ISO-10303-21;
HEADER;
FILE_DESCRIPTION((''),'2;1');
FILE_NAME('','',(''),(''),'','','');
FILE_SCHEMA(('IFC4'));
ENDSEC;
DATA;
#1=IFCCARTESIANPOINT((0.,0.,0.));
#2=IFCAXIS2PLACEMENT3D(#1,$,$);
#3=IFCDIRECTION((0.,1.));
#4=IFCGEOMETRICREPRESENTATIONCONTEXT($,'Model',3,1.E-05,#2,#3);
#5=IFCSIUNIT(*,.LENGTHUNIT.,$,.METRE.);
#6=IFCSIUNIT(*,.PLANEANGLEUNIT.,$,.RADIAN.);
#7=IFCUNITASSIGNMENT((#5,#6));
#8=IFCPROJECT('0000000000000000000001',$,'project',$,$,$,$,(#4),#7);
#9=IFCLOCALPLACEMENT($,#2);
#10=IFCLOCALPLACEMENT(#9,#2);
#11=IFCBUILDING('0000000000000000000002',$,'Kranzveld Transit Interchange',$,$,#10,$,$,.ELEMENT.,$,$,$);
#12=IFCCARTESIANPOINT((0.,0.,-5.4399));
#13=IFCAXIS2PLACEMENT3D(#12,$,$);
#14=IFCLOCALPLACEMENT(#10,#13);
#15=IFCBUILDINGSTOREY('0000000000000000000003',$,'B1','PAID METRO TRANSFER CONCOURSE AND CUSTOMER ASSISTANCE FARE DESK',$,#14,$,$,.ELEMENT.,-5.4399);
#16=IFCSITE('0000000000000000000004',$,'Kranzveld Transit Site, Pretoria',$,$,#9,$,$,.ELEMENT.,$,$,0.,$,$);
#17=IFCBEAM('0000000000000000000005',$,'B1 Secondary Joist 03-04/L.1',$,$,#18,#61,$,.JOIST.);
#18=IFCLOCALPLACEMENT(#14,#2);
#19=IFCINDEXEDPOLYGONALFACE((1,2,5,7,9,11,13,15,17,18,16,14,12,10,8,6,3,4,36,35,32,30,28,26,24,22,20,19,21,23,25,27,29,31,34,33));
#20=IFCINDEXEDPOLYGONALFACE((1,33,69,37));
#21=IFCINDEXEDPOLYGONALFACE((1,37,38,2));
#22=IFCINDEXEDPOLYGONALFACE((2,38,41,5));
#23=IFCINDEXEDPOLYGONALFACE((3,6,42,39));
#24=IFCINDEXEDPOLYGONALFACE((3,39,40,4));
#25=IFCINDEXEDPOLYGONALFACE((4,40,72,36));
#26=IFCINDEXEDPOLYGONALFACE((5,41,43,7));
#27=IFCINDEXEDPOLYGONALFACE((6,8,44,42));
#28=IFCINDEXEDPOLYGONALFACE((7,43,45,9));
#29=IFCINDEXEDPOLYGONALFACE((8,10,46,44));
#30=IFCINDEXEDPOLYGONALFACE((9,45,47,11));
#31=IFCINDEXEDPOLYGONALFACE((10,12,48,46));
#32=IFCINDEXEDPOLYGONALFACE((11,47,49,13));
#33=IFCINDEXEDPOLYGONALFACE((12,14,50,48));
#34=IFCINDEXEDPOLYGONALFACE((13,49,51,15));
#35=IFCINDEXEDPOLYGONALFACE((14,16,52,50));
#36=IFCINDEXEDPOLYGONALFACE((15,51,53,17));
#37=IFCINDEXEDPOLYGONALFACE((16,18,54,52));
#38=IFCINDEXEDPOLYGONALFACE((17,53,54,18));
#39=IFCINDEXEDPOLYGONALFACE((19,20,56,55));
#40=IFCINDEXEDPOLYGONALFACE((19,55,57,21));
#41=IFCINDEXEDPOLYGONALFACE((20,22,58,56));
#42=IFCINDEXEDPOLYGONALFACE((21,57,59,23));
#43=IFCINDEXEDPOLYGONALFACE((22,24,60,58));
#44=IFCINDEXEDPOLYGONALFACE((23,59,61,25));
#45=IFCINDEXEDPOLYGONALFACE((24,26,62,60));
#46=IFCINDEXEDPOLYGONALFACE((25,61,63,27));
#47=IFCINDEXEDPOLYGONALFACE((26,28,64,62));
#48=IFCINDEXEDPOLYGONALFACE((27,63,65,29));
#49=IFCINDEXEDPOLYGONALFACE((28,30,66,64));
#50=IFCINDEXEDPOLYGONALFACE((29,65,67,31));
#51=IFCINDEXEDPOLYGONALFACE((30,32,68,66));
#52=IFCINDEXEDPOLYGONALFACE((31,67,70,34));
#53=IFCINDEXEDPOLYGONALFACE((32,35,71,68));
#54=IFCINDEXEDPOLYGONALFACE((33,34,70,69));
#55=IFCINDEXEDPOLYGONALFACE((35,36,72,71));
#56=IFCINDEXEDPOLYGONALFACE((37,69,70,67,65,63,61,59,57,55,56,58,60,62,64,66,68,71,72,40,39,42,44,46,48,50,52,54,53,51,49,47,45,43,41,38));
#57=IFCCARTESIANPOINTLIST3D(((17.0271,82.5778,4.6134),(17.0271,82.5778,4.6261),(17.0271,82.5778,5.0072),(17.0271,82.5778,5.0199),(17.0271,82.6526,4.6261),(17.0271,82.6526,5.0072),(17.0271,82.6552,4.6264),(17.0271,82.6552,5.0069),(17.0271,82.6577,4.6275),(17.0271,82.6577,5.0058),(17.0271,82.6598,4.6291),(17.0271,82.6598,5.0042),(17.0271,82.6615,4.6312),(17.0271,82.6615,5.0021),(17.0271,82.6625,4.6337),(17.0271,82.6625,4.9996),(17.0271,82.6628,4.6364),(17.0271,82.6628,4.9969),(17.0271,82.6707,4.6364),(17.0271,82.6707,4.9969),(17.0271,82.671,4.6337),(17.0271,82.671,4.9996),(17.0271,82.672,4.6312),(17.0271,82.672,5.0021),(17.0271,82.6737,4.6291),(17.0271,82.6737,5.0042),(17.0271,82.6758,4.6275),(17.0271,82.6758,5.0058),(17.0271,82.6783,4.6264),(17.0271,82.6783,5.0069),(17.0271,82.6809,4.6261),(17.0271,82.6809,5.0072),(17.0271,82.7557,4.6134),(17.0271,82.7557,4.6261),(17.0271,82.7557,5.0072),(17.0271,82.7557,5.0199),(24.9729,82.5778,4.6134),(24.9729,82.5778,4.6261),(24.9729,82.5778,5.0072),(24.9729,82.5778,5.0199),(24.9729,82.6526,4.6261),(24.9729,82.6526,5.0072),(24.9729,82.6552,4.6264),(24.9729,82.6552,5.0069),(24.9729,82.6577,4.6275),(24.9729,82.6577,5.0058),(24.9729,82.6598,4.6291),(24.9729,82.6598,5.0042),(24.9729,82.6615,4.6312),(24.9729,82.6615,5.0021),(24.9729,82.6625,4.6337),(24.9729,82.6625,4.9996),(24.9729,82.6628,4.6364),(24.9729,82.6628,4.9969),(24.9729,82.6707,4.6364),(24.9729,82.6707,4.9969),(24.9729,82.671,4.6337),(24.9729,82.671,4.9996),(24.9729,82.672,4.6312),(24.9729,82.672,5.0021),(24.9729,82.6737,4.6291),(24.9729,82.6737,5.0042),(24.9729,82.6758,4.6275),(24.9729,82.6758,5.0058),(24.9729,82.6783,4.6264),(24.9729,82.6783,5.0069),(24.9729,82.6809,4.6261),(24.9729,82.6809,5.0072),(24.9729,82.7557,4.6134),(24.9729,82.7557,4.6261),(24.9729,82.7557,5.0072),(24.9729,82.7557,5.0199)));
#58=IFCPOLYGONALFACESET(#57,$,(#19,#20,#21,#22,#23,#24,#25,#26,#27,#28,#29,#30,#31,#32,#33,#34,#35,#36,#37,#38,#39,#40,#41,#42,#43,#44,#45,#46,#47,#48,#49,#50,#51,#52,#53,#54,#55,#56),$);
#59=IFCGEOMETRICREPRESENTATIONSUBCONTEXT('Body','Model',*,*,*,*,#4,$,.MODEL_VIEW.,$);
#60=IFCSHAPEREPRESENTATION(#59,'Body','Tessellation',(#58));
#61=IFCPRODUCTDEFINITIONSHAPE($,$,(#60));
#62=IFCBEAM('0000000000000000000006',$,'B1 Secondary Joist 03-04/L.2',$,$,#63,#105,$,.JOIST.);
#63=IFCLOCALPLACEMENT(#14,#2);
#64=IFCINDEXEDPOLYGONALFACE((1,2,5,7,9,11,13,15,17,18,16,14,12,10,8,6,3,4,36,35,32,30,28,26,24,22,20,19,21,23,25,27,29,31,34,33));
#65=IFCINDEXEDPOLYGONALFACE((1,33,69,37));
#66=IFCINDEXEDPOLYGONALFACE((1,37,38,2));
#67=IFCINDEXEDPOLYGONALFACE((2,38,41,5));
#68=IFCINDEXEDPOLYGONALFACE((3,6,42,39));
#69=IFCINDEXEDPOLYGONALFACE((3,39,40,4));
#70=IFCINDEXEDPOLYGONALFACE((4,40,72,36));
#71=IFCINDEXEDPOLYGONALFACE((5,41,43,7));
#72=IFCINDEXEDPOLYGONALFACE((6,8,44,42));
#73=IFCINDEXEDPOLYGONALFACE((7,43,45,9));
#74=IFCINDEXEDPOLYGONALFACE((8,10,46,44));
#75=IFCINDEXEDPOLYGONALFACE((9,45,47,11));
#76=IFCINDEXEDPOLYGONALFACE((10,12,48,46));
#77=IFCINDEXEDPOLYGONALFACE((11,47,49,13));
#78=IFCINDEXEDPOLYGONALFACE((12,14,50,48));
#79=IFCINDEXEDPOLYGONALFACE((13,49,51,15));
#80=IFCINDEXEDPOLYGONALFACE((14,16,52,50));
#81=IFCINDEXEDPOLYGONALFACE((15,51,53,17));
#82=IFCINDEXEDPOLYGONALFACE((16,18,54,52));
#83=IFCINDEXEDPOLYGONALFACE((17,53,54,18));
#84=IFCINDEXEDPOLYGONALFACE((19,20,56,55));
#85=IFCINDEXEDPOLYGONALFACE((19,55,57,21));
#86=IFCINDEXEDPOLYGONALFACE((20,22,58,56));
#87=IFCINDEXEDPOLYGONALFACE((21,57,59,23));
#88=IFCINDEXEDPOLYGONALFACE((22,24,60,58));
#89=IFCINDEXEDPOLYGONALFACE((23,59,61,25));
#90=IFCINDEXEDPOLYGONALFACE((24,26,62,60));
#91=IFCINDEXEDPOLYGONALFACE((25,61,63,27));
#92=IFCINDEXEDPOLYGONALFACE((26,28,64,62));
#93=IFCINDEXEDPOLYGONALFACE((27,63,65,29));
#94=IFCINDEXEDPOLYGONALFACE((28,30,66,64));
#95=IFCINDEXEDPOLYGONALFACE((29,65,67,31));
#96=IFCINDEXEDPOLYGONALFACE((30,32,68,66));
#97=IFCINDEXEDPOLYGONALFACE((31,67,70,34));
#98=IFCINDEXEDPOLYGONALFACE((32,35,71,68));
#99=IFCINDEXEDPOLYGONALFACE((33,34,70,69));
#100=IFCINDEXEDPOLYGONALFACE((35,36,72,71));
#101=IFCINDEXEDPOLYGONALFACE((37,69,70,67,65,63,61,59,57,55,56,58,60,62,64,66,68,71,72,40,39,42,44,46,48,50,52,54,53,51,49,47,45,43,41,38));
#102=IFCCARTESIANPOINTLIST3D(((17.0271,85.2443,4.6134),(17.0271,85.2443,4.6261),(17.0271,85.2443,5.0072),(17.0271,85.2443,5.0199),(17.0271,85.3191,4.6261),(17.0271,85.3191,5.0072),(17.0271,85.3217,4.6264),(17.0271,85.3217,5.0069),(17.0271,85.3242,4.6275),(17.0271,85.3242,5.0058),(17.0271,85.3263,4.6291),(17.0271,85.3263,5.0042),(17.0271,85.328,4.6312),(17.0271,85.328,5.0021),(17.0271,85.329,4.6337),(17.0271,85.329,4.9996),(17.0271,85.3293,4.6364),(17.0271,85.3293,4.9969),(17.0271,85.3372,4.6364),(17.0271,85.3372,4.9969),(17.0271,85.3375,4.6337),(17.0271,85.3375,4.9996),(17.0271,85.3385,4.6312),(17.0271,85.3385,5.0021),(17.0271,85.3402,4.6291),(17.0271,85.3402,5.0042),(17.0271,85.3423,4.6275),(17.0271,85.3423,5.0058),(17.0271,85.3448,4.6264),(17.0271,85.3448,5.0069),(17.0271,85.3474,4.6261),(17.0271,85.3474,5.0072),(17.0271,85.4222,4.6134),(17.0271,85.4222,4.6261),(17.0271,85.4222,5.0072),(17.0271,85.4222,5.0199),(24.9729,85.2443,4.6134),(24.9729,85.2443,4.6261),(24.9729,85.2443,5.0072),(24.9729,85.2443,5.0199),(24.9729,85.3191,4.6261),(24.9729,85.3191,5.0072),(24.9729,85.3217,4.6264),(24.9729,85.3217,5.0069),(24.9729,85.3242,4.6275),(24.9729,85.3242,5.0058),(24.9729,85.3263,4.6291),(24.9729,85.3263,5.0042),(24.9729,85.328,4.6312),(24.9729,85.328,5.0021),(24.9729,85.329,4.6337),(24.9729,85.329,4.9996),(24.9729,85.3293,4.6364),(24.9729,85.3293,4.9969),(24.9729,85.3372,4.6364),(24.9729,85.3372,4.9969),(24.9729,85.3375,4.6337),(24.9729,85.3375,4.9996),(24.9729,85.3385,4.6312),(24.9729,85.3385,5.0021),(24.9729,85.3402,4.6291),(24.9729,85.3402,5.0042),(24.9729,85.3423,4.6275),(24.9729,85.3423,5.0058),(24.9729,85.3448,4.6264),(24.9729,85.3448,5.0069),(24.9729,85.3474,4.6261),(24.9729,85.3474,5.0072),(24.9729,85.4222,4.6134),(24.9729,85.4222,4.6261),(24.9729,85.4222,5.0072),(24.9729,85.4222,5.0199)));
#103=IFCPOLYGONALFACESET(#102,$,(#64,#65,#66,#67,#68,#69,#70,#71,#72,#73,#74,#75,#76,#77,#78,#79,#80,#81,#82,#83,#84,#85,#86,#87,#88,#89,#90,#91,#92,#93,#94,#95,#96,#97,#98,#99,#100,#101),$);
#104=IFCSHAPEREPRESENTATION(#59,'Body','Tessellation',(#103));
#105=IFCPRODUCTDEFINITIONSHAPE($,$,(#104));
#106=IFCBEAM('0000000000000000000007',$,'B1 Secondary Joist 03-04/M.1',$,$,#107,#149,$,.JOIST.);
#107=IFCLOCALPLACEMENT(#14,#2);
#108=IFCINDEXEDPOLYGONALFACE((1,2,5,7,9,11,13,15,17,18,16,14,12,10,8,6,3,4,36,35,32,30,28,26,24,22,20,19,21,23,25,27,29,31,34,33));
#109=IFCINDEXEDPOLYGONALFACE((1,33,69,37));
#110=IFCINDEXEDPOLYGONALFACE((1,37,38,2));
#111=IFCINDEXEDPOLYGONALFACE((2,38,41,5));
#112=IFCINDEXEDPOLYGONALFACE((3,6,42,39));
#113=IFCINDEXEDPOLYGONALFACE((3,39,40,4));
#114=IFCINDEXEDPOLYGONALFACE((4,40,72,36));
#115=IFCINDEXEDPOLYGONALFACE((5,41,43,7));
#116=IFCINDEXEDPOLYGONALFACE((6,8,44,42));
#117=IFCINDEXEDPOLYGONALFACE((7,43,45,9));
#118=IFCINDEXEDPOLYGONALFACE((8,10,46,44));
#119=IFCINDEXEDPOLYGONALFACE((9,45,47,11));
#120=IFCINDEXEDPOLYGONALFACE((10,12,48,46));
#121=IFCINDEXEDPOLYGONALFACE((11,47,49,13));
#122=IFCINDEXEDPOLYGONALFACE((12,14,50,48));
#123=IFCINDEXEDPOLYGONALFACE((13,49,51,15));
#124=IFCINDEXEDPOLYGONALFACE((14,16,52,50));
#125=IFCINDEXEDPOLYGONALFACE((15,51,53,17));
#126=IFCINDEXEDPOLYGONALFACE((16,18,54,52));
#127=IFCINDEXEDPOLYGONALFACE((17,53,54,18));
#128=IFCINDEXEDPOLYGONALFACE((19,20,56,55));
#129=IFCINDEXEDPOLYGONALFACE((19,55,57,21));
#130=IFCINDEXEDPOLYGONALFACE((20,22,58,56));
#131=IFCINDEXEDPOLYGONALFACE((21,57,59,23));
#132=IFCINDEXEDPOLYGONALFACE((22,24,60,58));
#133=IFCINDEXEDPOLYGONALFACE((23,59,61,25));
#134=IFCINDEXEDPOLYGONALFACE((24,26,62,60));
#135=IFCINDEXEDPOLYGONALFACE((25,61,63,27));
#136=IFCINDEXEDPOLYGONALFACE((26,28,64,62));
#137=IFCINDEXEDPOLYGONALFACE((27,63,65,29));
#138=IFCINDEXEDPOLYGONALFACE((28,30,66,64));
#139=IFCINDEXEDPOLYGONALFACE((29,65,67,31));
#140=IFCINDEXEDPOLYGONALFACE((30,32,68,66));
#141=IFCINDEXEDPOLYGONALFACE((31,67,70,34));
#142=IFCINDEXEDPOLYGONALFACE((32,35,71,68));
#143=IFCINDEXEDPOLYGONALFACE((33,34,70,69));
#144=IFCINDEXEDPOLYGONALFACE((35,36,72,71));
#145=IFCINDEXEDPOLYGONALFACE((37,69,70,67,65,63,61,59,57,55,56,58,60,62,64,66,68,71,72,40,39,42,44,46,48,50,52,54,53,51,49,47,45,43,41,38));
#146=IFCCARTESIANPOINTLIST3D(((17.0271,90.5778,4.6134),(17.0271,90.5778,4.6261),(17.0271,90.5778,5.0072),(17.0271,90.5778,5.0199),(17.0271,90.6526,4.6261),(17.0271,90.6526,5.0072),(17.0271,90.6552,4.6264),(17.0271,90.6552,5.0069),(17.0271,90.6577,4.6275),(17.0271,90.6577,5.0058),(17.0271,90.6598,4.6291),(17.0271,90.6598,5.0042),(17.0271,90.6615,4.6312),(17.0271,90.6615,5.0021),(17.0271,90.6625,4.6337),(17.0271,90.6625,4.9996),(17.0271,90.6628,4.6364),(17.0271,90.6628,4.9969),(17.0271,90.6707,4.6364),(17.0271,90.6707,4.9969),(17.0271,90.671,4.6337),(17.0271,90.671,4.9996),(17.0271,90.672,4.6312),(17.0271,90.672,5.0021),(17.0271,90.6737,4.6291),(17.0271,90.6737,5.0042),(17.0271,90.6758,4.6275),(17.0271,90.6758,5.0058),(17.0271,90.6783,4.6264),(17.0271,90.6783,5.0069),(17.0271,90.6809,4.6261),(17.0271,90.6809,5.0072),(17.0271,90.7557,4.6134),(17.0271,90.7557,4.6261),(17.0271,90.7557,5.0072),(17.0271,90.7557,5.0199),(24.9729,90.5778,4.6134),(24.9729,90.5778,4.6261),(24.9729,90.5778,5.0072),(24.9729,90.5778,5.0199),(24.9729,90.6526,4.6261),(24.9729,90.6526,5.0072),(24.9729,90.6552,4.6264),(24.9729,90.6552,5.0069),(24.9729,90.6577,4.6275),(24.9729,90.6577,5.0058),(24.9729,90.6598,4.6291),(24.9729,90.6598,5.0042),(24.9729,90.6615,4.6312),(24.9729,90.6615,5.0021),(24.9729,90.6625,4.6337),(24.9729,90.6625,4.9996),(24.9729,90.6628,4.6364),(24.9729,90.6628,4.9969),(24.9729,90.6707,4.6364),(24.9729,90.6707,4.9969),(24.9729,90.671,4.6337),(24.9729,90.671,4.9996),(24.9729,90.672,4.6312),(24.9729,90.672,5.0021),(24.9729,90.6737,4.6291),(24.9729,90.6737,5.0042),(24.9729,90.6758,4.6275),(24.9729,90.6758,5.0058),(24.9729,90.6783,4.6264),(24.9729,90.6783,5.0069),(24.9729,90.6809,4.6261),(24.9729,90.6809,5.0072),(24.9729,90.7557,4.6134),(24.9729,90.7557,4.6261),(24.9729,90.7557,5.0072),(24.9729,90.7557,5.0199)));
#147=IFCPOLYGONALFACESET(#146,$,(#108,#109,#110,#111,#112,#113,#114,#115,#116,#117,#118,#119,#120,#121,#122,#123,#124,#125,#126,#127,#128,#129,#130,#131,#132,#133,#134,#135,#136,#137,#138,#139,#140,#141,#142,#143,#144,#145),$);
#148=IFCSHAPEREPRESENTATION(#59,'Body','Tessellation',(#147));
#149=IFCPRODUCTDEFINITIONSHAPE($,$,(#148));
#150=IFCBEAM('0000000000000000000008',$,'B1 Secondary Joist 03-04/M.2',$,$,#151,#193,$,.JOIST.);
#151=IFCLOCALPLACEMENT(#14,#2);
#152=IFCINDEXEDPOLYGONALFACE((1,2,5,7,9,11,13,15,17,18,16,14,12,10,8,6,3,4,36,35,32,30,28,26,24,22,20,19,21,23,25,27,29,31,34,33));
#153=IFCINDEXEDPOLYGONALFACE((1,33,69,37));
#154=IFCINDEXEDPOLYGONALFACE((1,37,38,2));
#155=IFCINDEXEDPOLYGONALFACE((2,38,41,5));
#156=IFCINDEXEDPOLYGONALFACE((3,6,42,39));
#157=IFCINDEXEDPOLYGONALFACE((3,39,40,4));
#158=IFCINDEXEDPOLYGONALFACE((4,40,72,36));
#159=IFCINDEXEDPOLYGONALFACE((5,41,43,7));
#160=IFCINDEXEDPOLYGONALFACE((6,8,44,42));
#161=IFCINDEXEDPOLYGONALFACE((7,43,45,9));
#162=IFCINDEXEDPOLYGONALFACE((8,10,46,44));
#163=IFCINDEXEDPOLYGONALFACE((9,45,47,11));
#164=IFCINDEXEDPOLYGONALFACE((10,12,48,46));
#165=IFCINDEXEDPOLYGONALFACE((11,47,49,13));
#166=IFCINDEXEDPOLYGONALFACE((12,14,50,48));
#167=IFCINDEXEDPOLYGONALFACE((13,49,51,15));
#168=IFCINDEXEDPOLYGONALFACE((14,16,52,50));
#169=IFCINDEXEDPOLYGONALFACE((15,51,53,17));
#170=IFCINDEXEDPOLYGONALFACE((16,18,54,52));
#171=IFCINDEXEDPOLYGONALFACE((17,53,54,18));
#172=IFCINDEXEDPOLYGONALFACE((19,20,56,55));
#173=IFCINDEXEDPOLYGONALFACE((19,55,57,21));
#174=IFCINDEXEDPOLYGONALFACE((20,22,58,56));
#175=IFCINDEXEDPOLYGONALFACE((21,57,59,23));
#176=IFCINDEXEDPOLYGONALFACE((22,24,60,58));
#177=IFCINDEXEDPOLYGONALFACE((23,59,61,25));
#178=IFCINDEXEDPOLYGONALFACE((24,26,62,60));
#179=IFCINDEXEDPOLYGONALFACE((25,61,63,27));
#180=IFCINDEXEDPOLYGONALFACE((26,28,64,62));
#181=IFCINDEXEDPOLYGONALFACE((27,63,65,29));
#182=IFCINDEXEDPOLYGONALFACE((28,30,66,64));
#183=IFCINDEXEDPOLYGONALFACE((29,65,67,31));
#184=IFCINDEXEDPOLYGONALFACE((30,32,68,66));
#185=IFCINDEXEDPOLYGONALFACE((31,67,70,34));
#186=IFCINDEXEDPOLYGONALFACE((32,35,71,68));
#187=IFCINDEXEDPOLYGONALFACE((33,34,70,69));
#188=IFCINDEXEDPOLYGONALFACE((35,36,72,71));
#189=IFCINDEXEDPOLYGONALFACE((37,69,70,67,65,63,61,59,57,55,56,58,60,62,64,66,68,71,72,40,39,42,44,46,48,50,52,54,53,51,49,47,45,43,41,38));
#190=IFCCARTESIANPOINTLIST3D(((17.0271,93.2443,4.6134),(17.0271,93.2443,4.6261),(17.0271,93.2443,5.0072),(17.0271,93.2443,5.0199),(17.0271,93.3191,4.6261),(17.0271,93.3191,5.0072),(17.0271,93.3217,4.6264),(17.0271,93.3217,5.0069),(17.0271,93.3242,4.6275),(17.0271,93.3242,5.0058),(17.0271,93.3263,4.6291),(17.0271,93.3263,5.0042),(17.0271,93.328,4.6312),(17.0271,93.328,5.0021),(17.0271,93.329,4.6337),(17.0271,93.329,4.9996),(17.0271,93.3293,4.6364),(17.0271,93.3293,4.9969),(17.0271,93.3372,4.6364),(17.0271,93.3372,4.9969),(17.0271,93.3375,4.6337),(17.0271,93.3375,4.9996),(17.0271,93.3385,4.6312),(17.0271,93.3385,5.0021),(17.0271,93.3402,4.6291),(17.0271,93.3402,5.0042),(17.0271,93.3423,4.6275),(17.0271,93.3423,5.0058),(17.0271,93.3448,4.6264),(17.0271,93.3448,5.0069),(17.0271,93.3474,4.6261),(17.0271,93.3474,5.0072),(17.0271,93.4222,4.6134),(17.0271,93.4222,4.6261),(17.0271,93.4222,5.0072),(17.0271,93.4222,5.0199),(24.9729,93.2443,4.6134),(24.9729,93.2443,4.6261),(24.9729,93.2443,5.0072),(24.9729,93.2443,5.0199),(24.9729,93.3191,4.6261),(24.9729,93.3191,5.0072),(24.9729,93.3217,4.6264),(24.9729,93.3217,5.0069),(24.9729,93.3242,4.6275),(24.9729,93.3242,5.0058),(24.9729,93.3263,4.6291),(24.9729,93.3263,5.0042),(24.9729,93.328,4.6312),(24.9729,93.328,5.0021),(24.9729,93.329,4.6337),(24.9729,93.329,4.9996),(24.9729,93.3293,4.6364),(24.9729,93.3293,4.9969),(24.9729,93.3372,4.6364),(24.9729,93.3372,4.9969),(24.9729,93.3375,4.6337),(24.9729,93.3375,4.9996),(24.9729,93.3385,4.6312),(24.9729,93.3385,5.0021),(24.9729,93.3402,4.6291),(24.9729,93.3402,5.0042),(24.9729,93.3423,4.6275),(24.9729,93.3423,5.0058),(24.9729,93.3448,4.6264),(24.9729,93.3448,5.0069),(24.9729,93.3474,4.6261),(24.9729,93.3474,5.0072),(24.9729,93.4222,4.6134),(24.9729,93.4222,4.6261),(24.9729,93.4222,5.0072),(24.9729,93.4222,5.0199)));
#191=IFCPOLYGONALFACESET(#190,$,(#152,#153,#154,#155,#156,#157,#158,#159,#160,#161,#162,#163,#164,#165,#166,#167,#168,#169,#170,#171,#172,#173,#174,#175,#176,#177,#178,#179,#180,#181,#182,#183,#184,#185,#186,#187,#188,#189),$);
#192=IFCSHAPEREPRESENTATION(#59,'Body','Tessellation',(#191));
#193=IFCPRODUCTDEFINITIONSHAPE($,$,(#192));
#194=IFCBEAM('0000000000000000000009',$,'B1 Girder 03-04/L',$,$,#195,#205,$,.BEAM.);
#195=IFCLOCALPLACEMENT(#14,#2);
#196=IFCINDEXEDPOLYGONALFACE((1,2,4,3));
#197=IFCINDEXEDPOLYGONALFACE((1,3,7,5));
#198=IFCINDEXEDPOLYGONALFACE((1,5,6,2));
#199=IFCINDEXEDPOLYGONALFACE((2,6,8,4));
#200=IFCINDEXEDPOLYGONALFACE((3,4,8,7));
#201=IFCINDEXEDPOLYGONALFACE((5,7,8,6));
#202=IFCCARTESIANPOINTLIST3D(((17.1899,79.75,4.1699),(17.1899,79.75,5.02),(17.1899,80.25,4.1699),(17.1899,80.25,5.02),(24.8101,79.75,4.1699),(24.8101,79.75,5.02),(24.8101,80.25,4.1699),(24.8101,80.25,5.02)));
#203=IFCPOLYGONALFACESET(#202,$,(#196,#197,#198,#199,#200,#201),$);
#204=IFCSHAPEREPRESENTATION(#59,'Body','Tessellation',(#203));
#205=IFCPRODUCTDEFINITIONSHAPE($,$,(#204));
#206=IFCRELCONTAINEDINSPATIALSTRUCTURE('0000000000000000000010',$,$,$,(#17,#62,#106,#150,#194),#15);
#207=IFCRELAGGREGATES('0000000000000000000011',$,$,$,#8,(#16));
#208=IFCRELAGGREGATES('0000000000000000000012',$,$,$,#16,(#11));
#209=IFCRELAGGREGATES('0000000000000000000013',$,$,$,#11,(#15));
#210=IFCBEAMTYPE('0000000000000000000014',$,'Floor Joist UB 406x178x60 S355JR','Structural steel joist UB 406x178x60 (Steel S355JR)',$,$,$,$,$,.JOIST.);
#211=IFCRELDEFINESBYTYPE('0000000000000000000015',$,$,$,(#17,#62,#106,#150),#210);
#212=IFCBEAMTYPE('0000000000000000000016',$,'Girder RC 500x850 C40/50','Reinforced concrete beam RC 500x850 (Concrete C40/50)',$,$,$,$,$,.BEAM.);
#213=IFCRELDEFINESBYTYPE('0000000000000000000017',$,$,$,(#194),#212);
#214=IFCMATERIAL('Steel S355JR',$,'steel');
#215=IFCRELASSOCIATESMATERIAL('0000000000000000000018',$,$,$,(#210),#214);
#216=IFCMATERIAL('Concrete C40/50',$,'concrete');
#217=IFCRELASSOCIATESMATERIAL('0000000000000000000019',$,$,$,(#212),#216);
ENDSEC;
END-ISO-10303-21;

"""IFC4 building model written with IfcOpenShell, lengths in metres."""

from ifc_helpers import new_model, si_unit, direction, frame, origin, origin_2d, place, context, subcontext, project, spatial, rectangle, i_section, extrude, material, material_profile, profile_set, type_object, element, save


model = new_model("IFC4")

# Units and contexts
model_context = context("Model", 3, precision=1e-05, world=origin(), true_north=direction((0.0, 1.0)))
body_context = subcontext(model_context, "Body", "Model", "MODEL_VIEW")
ifc_project = project(units=[si_unit("LENGTHUNIT", "METRE"), si_unit("PLANEANGLEUNIT", "RADIAN")], contexts=[model_context])

# Site, building, storey
site_placement = place(None, origin())
site = spatial("IfcSite", under=ifc_project, at=site_placement, Name="Kranzveld Transit Site, Pretoria", CompositionType="ELEMENT", RefElevation=0.0)
building_placement = place(site_placement, origin())
building = spatial("IfcBuilding", under=site, at=building_placement, Name="Kranzveld Transit Interchange", CompositionType="ELEMENT")
storey_placement = place(building_placement, frame((0.0, 0.0, -5.4399)))
storey = spatial("IfcBuildingStorey", under=building, at=storey_placement, Name="B1", Description="PAID METRO TRANSFER CONCOURSE AND CUSTOMER ASSISTANCE FARE DESK", CompositionType="ELEMENT", Elevation=-5.4399)

# Beams
ifc_material_1 = material(Name="Steel S355JR", Category="steel")
ifc_material_profile_1 = material_profile(ifc_material_1, i_section(OverallWidth=0.178, OverallDepth=0.4065, WebThickness=0.0078, FlangeThickness=0.0127, FilletRadius=0.0103, at=origin_2d()), Name="UB 406x178x60")
ifc_profile_set_1 = profile_set([ifc_material_profile_1], Name="Steel S355JR")
beam_type_1 = type_object("IfcBeamType", Name="Floor Joist UB 406x178x60 S355JR", Description="Structural steel joist UB 406x178x60 (Steel S355JR)", PredefinedType="JOIST", material=ifc_profile_set_1)
for number, where, z_axis, x_axis, name in (
    (1, (17.0271, 82.6667, 4.8167), (1.0, 0.0, 0.0), (0.0, 1.0, 0.0), "B1 Secondary Joist 03-04/L.1"),
    (2, (17.0271, 85.3333, 4.8167), (1.0, 0.0, 0.0), (0.0, 1.0, 0.0), "B1 Secondary Joist 03-04/L.2"),
    (3, (17.0271, 90.6667, 4.8167), (1.0, 0.0, 0.0), (0.0, 1.0, 0.0), "B1 Secondary Joist 03-04/M.1"),
    (4, (17.0271, 93.3333, 4.8167), (1.0, 0.0, 0.0), (0.0, 1.0, 0.0), "B1 Secondary Joist 03-04/M.2"),
):
    element("IfcBeam", number, at=place(storey_placement, frame(where, z_axis=z_axis, x_axis=x_axis)), inside=storey, type_object=beam_type_1, Name=name, PredefinedType="JOIST", context=body_context, shape_type="SweptSolid", body=[
        extrude(i_section(OverallWidth=0.178, OverallDepth=0.4065, WebThickness=0.0078, FlangeThickness=0.0127, FilletRadius=0.0103, at=origin_2d()), origin(), (0.0, 0.0, 1.0), 7.9458),
    ])
ifc_material_2 = material(Name="Concrete C40/50", Category="concrete")
ifc_material_profile_2 = material_profile(ifc_material_2, rectangle(XDim=0.5, YDim=0.8501, at=origin_2d()), Name="RC 500x850")
ifc_profile_set_2 = profile_set([ifc_material_profile_2], Name="Concrete C40/50")
beam_type_2 = type_object("IfcBeamType", Name="Girder RC 500x850 C40/50", Description="Reinforced concrete beam RC 500x850 (Concrete C40/50)", PredefinedType="BEAM", material=ifc_profile_set_2)
for number, where, z_axis, x_axis, name in (
    (5, (17.1899, 80.0, 4.595), (1.0, 0.0, 0.0), (0.0, 1.0, 0.0), "B1 Girder 03-04/L"),
):
    element("IfcBeam", number, at=place(storey_placement, frame(where, z_axis=z_axis, x_axis=x_axis)), inside=storey, type_object=beam_type_2, Name=name, PredefinedType="BEAM", context=body_context, shape_type="SweptSolid", body=[
        extrude(rectangle(XDim=0.5, YDim=0.8501, at=origin_2d()), origin(), (0.0, 0.0, 1.0), 7.6201),
    ])

save(model, "model.ifc")
